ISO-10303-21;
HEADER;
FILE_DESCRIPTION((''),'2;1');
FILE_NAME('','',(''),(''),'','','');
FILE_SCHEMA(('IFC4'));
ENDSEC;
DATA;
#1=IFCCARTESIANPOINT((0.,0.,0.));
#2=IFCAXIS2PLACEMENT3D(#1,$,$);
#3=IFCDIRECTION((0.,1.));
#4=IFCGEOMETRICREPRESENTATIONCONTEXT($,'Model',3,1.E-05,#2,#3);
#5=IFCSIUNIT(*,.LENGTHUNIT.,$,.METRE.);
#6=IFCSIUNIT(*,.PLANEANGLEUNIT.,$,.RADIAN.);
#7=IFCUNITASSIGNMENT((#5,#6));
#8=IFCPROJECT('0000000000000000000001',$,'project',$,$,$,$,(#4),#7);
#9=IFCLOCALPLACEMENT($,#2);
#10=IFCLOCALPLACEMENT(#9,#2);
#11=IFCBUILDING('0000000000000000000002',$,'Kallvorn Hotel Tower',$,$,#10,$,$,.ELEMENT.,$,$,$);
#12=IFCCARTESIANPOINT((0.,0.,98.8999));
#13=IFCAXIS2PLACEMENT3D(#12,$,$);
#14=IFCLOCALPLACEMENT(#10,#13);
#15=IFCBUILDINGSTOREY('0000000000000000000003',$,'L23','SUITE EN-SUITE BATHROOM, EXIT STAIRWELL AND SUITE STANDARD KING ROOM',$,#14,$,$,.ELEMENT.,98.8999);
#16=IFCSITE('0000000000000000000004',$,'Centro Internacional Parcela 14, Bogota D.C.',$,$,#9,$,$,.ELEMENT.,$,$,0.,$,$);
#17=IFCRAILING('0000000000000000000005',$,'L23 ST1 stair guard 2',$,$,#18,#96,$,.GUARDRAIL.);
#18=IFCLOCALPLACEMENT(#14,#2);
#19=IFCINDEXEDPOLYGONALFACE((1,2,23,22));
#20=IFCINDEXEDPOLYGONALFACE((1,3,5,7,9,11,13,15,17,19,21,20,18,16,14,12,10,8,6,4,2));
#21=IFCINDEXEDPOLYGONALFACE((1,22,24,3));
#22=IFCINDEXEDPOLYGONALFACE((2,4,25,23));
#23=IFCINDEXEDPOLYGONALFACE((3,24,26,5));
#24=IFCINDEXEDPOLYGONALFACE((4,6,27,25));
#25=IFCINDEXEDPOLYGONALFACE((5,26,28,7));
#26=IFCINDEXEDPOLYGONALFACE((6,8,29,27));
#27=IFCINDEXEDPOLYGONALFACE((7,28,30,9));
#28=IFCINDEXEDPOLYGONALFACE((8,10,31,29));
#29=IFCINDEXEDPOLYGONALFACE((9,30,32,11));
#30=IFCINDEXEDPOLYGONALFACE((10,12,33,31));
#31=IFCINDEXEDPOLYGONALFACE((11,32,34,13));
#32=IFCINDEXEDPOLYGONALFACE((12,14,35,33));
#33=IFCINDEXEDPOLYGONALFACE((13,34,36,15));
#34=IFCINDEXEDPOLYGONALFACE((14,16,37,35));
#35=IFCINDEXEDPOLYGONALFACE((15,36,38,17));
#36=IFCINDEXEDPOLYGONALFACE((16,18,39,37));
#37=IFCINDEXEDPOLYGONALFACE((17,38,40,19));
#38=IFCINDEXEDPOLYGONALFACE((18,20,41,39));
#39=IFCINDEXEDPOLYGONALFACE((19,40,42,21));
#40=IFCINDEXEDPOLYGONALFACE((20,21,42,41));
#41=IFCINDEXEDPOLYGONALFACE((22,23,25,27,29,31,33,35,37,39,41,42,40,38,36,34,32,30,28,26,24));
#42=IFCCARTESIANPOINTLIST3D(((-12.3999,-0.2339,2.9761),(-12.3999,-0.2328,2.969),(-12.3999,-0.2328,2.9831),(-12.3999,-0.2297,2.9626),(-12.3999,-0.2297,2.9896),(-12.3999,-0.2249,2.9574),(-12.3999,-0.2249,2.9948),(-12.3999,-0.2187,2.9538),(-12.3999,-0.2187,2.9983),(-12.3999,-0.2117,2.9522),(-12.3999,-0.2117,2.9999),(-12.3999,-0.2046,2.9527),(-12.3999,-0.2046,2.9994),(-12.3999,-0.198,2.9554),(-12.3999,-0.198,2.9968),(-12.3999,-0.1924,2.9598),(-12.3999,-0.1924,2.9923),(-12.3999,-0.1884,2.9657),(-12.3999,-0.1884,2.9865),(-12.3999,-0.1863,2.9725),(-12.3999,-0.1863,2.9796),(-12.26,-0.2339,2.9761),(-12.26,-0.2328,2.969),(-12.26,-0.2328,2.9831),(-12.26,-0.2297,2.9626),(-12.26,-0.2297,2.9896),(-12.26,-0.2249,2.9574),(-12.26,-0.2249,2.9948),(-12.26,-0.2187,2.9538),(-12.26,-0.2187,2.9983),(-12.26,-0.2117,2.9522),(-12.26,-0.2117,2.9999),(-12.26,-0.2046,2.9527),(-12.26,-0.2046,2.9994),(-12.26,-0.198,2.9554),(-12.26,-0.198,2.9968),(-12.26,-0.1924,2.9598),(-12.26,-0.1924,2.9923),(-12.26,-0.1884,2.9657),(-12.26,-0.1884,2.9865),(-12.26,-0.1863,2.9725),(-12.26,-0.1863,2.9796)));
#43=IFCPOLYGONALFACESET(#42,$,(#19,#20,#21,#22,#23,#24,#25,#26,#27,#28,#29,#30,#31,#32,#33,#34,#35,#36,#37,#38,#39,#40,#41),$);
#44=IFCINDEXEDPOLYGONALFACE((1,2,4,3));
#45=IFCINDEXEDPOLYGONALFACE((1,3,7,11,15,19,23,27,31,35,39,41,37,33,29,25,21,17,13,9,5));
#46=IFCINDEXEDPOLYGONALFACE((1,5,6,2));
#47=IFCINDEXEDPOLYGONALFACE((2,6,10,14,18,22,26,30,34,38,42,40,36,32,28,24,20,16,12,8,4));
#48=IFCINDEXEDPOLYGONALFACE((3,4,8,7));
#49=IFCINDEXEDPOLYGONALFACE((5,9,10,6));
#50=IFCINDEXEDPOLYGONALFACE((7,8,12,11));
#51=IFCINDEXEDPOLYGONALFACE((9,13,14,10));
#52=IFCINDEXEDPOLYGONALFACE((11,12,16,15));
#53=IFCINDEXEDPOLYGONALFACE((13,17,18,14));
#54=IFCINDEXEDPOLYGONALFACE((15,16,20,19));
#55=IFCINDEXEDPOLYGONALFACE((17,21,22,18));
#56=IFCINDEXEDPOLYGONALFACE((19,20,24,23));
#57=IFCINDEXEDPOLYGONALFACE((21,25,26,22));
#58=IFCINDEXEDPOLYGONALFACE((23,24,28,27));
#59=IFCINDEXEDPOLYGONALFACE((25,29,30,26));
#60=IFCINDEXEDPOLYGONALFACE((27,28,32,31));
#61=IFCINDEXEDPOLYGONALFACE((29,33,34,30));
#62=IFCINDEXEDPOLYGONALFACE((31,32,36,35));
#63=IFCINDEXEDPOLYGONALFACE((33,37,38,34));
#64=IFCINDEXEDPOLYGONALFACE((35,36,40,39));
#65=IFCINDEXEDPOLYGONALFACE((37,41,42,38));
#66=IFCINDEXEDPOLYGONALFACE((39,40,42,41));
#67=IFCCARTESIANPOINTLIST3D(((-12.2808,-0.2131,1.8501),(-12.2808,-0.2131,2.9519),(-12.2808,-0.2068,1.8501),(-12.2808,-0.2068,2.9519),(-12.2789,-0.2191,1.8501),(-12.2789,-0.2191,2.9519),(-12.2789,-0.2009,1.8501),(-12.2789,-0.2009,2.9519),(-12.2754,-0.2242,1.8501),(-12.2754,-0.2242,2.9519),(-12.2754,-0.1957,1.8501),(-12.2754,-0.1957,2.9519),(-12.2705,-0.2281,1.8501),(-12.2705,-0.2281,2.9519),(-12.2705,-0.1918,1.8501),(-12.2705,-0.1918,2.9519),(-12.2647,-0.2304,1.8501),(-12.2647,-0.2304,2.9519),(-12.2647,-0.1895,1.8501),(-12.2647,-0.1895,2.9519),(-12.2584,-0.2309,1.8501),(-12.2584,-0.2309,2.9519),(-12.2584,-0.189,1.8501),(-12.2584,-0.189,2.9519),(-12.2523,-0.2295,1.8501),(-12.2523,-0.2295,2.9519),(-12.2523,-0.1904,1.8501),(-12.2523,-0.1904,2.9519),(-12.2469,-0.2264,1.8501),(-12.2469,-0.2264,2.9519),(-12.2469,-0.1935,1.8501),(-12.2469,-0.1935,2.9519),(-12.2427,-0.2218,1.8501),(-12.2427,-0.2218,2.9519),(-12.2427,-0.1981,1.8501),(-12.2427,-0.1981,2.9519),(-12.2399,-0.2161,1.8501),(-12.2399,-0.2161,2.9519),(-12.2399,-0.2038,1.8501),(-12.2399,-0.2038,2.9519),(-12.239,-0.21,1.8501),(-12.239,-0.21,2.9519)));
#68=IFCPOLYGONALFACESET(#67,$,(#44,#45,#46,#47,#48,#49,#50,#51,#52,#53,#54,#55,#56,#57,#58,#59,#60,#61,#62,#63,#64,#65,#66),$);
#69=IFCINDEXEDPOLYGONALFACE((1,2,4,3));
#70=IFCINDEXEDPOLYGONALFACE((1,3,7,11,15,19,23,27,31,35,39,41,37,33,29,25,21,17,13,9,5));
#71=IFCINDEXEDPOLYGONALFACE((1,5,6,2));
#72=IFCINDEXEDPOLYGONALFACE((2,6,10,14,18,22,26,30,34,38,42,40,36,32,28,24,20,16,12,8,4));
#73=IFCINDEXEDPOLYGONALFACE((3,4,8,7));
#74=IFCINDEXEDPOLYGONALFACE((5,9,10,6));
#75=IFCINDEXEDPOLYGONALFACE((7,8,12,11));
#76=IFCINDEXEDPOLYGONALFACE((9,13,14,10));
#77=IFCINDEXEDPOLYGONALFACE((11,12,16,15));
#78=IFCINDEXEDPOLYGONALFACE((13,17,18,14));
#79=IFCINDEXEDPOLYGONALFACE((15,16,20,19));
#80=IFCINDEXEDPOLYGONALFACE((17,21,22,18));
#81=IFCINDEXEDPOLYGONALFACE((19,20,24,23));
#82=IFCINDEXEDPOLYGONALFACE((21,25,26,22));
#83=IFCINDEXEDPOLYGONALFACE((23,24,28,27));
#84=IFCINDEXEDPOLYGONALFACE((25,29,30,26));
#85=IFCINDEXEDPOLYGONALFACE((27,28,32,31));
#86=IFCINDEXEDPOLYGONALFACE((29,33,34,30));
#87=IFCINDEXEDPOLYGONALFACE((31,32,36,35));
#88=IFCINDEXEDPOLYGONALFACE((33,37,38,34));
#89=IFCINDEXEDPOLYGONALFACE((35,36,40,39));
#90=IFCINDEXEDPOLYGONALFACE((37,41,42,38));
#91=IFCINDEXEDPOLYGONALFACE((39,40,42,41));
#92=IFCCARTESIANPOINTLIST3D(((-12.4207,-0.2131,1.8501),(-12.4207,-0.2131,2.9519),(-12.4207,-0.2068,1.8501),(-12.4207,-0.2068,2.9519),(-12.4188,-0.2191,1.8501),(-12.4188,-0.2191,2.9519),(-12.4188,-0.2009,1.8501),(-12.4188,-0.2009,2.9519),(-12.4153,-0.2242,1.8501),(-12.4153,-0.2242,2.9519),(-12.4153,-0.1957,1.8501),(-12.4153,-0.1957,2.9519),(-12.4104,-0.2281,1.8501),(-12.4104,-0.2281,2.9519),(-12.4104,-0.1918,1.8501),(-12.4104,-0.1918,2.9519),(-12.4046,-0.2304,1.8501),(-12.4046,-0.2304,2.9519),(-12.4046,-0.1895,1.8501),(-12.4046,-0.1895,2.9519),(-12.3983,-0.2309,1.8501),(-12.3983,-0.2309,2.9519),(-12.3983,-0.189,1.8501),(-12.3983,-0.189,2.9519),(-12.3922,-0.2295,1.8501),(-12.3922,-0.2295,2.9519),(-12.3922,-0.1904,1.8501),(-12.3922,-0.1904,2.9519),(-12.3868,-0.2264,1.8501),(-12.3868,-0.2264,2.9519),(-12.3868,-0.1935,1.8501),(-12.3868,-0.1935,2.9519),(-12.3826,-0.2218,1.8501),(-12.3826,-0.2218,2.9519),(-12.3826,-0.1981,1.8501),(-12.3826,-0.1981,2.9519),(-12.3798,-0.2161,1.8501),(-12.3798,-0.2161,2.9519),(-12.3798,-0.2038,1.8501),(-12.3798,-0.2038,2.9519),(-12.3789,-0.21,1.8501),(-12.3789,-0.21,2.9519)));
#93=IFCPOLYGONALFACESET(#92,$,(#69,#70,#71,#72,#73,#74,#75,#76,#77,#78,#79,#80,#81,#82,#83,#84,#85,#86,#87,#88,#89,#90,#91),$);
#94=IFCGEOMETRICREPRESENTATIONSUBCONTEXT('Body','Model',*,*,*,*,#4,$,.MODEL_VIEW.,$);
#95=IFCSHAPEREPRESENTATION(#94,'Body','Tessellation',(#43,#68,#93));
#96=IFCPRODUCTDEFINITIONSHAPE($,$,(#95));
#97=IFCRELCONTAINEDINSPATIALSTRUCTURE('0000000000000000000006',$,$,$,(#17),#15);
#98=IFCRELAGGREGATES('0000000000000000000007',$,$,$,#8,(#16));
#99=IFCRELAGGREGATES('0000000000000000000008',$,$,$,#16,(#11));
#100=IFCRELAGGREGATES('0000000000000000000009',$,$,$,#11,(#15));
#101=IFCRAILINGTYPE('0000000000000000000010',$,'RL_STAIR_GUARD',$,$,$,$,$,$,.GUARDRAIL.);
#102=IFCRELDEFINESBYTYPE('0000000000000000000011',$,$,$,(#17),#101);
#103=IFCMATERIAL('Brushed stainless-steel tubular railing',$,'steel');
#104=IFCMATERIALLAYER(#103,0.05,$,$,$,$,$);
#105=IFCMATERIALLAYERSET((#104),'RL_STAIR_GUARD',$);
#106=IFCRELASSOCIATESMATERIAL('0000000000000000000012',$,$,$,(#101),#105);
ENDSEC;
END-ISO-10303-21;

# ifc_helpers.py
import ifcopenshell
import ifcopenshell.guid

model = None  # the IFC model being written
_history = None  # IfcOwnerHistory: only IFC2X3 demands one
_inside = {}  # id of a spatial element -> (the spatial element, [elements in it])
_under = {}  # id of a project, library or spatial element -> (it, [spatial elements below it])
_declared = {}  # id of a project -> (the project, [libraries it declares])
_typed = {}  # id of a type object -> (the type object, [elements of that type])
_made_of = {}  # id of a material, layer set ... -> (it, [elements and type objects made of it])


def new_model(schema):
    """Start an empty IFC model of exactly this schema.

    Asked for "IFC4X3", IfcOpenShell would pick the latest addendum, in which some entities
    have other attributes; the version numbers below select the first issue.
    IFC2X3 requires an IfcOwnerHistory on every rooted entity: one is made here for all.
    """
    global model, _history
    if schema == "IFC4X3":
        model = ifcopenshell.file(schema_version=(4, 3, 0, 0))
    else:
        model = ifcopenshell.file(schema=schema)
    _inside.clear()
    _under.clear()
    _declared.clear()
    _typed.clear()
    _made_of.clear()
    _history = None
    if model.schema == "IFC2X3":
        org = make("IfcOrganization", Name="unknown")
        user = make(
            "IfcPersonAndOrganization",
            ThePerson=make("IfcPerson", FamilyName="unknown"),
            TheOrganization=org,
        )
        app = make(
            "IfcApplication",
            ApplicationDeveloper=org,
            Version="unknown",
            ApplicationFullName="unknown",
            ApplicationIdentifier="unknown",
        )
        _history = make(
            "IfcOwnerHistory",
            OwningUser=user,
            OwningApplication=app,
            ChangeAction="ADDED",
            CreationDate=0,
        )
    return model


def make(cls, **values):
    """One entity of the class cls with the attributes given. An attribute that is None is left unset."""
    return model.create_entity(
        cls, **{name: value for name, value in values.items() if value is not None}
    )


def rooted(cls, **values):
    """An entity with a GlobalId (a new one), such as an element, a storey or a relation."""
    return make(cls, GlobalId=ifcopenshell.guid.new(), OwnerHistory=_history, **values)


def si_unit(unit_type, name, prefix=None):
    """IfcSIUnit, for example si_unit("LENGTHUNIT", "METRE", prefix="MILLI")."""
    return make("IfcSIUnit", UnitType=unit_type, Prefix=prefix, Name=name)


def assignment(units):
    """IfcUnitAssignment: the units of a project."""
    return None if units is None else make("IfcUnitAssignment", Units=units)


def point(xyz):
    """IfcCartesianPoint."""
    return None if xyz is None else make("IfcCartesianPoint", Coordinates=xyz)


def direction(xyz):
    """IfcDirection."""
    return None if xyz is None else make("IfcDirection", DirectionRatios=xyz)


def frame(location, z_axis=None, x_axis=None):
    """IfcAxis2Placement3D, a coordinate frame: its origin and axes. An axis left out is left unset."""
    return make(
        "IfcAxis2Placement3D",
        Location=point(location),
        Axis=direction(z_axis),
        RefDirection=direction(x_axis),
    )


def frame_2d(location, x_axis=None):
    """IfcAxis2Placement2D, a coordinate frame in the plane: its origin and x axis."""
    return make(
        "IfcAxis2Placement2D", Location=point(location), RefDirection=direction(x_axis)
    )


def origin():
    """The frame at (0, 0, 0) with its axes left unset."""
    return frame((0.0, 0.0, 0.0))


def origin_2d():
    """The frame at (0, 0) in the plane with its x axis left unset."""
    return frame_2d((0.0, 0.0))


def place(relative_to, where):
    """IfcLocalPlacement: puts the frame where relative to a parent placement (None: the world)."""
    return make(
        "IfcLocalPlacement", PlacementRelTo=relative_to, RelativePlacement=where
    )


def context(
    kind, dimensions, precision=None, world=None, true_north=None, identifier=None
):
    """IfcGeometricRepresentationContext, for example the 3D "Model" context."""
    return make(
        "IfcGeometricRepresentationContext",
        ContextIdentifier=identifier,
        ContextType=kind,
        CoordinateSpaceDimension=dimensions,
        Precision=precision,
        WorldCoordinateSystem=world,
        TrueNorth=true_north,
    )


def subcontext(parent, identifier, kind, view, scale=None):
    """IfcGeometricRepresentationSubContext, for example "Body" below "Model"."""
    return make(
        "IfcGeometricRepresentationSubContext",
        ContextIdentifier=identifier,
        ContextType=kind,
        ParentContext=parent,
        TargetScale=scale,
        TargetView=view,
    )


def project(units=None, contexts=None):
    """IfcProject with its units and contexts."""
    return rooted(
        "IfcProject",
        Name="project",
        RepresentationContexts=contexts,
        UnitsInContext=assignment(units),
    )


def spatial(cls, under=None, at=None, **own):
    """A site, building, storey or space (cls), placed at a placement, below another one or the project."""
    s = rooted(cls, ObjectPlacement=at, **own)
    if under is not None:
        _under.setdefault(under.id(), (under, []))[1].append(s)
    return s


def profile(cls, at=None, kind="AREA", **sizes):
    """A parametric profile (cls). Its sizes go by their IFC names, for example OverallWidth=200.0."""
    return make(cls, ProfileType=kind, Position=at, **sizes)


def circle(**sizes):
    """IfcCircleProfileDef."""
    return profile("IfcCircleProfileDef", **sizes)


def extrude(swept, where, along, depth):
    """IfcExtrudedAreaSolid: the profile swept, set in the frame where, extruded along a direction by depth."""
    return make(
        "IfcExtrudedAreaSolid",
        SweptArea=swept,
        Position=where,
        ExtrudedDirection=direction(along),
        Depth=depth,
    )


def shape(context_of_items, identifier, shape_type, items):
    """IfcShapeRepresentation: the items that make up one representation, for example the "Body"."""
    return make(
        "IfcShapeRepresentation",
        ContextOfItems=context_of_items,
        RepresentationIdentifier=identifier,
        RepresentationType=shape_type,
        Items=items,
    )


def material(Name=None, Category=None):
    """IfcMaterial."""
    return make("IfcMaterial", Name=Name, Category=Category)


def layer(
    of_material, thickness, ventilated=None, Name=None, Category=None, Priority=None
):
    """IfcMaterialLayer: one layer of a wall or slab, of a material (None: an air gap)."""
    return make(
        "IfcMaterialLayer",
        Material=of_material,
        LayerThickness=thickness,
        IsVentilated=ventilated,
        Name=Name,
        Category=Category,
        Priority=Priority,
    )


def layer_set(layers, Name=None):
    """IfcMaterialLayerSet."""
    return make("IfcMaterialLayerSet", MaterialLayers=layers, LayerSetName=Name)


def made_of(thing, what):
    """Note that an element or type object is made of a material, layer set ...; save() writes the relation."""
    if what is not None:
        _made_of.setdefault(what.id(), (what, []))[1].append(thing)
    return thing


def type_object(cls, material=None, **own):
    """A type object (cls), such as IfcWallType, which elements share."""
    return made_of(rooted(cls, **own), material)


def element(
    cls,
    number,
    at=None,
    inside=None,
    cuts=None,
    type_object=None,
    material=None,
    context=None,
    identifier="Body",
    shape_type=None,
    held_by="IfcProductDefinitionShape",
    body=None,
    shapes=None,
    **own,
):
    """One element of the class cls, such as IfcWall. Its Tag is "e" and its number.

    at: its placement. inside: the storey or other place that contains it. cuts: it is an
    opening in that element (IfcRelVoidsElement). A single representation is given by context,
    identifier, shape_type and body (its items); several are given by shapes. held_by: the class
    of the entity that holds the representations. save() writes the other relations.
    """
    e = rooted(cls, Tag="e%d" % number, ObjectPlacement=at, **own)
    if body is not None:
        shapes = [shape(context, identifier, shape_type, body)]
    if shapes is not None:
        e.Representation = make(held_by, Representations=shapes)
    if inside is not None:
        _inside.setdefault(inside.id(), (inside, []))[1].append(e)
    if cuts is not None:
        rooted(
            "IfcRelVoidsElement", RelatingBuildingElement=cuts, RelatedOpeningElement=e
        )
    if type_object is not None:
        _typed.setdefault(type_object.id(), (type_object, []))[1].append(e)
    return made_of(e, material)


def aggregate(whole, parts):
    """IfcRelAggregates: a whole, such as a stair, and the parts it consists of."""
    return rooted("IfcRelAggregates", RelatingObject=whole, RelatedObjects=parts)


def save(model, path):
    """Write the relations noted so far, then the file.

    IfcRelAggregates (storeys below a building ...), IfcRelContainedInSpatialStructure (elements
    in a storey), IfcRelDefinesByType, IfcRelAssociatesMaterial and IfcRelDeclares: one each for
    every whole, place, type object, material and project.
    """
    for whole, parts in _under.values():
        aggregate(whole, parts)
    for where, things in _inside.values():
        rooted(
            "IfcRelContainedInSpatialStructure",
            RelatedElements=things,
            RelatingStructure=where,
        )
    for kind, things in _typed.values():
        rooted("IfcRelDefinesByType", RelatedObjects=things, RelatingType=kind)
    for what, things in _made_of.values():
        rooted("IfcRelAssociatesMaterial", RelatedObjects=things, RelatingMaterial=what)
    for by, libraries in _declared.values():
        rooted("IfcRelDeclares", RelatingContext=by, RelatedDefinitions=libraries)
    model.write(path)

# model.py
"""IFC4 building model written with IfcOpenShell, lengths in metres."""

from ifc_helpers import new_model, si_unit, direction, frame, origin, origin_2d, place, context, subcontext, project, spatial, circle, extrude, material, layer, layer_set, type_object, element, save


model = new_model("IFC4")

# Units and contexts
model_context = context("Model", 3, precision=1e-05, world=origin(), true_north=direction((0.0, 1.0)))
body_context = subcontext(model_context, "Body", "Model", "MODEL_VIEW")
ifc_project = project(units=[si_unit("LENGTHUNIT", "METRE"), si_unit("PLANEANGLEUNIT", "RADIAN")], contexts=[model_context])

# Site, building, storey
site_placement = place(None, origin())
site = spatial("IfcSite", under=ifc_project, at=site_placement, Name="Centro Internacional Parcela 14, Bogota D.C.", CompositionType="ELEMENT", RefElevation=0.0)
building_placement = place(site_placement, origin())
building = spatial("IfcBuilding", under=site, at=building_placement, Name="Kallvorn Hotel Tower", CompositionType="ELEMENT")
storey_placement = place(building_placement, frame((0.0, 0.0, 98.8999)))
storey = spatial("IfcBuildingStorey", under=building, at=storey_placement, Name="L23", Description="SUITE EN-SUITE BATHROOM, EXIT STAIRWELL AND SUITE STANDARD KING ROOM", CompositionType="ELEMENT", Elevation=98.8999)

# Railing
ifc_material_1 = material(Name="Brushed stainless-steel tubular railing", Category="steel")
ifc_layer_1 = layer(ifc_material_1, 0.05)
ifc_layer_set_1 = layer_set([ifc_layer_1], Name="RL_STAIR_GUARD")
railing_type_1 = type_object("IfcRailingType", Name="RL_STAIR_GUARD", PredefinedType="GUARDRAIL", material=ifc_layer_set_1)
railing_1_placement = place(storey_placement, frame((-12.26, -0.21, 1.8501)))
element("IfcRailing", 1, at=railing_1_placement, inside=storey, type_object=railing_type_1, Name="L23 ST1 stair guard 2", PredefinedType="GUARDRAIL", context=body_context, shape_type="SweptSolid", body=[
    extrude(circle(Radius=0.0239, at=origin_2d()), frame((0.0, 0.0, 1.126), z_axis=(-1.0, 0.0, 0.0), x_axis=(0.0, -1.0, 0.0)), (0.0, 0.0, 1.0), 0.1399),
    extrude(circle(Radius=0.021, at=origin_2d()), origin(), (0.0, 0.0, 1.0), 1.1018),
    extrude(circle(Radius=0.021, at=origin_2d()), frame((-0.1399, 0.0, 0.0)), (0.0, 0.0, 1.0), 1.1018),
])

save(model, "model.ifc")
